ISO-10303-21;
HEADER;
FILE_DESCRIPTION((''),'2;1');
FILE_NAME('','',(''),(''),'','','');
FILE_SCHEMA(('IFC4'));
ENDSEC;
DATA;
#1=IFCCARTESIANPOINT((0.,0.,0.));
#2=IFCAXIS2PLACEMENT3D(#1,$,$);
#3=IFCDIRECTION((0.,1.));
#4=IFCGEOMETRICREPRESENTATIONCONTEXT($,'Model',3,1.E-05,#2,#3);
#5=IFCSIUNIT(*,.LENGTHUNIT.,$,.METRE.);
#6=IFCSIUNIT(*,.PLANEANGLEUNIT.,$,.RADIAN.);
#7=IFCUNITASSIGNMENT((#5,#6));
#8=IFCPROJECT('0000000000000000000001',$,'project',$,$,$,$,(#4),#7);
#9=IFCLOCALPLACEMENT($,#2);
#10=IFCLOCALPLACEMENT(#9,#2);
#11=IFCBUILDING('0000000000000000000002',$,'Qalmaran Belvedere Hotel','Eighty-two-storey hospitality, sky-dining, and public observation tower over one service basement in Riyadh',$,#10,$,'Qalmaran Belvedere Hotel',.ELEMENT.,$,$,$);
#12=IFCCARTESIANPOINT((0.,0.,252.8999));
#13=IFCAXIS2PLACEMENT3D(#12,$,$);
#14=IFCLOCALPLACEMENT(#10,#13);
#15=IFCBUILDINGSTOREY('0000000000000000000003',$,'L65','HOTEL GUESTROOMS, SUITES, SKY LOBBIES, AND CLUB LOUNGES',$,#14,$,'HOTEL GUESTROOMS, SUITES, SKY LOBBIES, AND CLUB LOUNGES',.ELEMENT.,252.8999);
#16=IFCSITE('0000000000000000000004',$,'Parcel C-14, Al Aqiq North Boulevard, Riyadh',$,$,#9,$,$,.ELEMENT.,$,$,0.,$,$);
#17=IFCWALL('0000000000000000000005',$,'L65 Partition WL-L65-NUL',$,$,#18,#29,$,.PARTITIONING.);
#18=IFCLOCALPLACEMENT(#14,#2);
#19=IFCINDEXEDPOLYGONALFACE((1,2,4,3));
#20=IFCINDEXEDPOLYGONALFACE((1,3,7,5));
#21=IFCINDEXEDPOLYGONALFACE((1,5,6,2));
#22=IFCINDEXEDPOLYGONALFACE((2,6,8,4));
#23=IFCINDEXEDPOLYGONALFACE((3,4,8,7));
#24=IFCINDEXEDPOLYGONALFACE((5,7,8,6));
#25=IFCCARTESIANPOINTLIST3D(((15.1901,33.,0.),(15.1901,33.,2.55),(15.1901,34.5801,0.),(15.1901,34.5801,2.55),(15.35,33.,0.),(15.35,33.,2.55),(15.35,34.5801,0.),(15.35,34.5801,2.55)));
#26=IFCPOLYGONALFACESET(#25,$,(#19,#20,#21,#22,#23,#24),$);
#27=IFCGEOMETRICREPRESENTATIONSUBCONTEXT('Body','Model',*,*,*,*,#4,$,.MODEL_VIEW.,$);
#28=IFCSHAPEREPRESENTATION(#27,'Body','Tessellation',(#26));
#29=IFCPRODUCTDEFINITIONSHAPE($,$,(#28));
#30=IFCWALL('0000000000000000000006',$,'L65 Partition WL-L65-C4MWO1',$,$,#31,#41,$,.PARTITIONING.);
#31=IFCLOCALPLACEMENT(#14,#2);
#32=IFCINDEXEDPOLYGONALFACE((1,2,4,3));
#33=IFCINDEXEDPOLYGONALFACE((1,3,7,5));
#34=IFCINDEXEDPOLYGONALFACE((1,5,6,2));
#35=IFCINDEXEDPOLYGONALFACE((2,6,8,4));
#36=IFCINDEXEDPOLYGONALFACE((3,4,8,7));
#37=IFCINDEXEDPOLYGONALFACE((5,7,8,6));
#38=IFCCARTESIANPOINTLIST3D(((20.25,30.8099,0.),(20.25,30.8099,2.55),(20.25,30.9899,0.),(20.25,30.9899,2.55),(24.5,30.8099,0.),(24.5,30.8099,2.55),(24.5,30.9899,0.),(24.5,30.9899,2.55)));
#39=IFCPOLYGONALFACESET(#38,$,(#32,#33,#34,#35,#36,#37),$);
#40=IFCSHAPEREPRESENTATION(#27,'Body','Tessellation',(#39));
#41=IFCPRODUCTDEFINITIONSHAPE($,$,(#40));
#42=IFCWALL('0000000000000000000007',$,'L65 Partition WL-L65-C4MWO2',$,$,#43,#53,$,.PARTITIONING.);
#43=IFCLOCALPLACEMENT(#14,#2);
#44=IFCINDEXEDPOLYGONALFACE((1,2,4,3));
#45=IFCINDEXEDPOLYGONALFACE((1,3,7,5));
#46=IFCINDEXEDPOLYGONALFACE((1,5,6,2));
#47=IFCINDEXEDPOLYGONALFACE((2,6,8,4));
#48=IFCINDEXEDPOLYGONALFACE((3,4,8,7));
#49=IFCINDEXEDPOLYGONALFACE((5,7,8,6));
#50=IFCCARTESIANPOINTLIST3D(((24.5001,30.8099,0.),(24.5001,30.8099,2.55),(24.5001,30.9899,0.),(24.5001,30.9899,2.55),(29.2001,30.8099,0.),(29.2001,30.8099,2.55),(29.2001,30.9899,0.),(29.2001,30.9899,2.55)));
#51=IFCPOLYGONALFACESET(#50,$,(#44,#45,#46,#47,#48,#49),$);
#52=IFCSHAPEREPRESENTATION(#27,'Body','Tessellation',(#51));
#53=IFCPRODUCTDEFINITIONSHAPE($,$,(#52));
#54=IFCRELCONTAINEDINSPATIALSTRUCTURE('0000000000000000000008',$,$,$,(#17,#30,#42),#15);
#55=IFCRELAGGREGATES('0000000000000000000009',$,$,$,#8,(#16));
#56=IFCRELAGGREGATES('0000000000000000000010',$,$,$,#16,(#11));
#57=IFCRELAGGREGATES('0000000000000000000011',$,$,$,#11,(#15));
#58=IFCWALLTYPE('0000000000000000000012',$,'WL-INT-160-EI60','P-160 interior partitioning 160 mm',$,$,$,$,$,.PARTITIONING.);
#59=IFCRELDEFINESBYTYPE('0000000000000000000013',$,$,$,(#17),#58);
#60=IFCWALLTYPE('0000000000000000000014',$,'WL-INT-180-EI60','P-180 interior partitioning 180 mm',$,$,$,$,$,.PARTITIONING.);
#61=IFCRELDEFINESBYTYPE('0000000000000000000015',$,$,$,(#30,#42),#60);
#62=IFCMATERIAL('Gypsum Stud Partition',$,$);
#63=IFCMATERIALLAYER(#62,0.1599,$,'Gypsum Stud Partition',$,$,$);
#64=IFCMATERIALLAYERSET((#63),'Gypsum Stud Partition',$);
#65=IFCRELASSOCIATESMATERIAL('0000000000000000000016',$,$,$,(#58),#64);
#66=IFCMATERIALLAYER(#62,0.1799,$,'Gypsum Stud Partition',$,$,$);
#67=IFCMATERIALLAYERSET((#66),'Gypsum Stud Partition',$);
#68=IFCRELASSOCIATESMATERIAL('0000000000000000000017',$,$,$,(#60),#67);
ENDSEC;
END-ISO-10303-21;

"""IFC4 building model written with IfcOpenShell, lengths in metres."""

from ifc_helpers import new_model, si_unit, direction, frame, frame_2d, origin, place, context, subcontext, project, spatial, rectangle, extrude, material, layer, layer_set, type_object, element, save


model = new_model("IFC4")

# Units and contexts
model_context = context("Model", 3, precision=1e-05, world=origin(), true_north=direction((0.0, 1.0)))
body_context = subcontext(model_context, "Body", "Model", "MODEL_VIEW")
ifc_project = project(units=[si_unit("LENGTHUNIT", "METRE"), si_unit("PLANEANGLEUNIT", "RADIAN")], contexts=[model_context])

# Site, building, storey
site_placement = place(None, origin())
site = spatial("IfcSite", under=ifc_project, at=site_placement, Name="Parcel C-14, Al Aqiq North Boulevard, Riyadh", CompositionType="ELEMENT", RefElevation=0.0)
building_placement = place(site_placement, origin())
building = spatial("IfcBuilding", under=site, at=building_placement, Name="Qalmaran Belvedere Hotel", Description="Eighty-two-storey hospitality, sky-dining, and public observation tower over one service basement in Riyadh", LongName="Qalmaran Belvedere Hotel", CompositionType="ELEMENT")
storey_placement = place(building_placement, frame((0.0, 0.0, 252.8999)))
storey = spatial("IfcBuildingStorey", under=building, at=storey_placement, Name="L65", Description="HOTEL GUESTROOMS, SUITES, SKY LOBBIES, AND CLUB LOUNGES", LongName="HOTEL GUESTROOMS, SUITES, SKY LOBBIES, AND CLUB LOUNGES", CompositionType="ELEMENT", Elevation=252.8999)

# Walls
ifc_material_1 = material(Name="Gypsum Stud Partition")
ifc_layer_1 = layer(ifc_material_1, 0.1599, Name="Gypsum Stud Partition")
ifc_layer_set_1 = layer_set([ifc_layer_1], Name="Gypsum Stud Partition")
wall_type_1 = type_object("IfcWallType", Name="WL-INT-160-EI60", Description="P-160 interior partitioning 160 mm", PredefinedType="PARTITIONING", material=ifc_layer_set_1)
wall_1_placement = place(storey_placement, frame((15.27, 33.0, 0.0), z_axis=(0.0, 0.0, 1.0), x_axis=(0.0, 1.0, 0.0)))
element("IfcWall", 1, at=wall_1_placement, inside=storey, type_object=wall_type_1, Name="L65 Partition WL-L65-NUL", PredefinedType="PARTITIONING", context=body_context, shape_type="SweptSolid", body=[
    extrude(rectangle(XDim=1.5801, YDim=0.1599, at=frame_2d((0.79, 0.0))), origin(), (0.0, 0.0, 1.0), 2.55),
])
ifc_layer_2 = layer(ifc_material_1, 0.1799, Name="Gypsum Stud Partition")
ifc_layer_set_2 = layer_set([ifc_layer_2], Name="Gypsum Stud Partition")
wall_type_2 = type_object("IfcWallType", Name="WL-INT-180-EI60", Description="P-180 interior partitioning 180 mm", PredefinedType="PARTITIONING", material=ifc_layer_set_2)
wall_2_placement = place(storey_placement, frame((20.25, 30.8999, 0.0), z_axis=(0.0, 0.0, 1.0), x_axis=(1.0, 0.0, 0.0)))
element("IfcWall", 2, at=wall_2_placement, inside=storey, type_object=wall_type_2, Name="L65 Partition WL-L65-C4MWO1", PredefinedType="PARTITIONING", context=body_context, shape_type="SweptSolid", body=[
    extrude(rectangle(XDim=4.25, YDim=0.1799, at=frame_2d((2.125, 0.0))), origin(), (0.0, 0.0, 1.0), 2.55),
])

# Wall
wall_3_placement = place(storey_placement, frame((24.5, 30.8999, 0.0), z_axis=(0.0, 0.0, 1.0), x_axis=(1.0, 0.0, 0.0)))
element("IfcWall", 3, at=wall_3_placement, inside=storey, type_object=wall_type_2, Name="L65 Partition WL-L65-C4MWO2", PredefinedType="PARTITIONING", context=body_context, shape_type="SweptSolid", body=[
    extrude(rectangle(XDim=4.7, YDim=0.1799, at=frame_2d((2.3501, 0.0))), origin(), (0.0, 0.0, 1.0), 2.55),
])

save(model, "model.ifc")
